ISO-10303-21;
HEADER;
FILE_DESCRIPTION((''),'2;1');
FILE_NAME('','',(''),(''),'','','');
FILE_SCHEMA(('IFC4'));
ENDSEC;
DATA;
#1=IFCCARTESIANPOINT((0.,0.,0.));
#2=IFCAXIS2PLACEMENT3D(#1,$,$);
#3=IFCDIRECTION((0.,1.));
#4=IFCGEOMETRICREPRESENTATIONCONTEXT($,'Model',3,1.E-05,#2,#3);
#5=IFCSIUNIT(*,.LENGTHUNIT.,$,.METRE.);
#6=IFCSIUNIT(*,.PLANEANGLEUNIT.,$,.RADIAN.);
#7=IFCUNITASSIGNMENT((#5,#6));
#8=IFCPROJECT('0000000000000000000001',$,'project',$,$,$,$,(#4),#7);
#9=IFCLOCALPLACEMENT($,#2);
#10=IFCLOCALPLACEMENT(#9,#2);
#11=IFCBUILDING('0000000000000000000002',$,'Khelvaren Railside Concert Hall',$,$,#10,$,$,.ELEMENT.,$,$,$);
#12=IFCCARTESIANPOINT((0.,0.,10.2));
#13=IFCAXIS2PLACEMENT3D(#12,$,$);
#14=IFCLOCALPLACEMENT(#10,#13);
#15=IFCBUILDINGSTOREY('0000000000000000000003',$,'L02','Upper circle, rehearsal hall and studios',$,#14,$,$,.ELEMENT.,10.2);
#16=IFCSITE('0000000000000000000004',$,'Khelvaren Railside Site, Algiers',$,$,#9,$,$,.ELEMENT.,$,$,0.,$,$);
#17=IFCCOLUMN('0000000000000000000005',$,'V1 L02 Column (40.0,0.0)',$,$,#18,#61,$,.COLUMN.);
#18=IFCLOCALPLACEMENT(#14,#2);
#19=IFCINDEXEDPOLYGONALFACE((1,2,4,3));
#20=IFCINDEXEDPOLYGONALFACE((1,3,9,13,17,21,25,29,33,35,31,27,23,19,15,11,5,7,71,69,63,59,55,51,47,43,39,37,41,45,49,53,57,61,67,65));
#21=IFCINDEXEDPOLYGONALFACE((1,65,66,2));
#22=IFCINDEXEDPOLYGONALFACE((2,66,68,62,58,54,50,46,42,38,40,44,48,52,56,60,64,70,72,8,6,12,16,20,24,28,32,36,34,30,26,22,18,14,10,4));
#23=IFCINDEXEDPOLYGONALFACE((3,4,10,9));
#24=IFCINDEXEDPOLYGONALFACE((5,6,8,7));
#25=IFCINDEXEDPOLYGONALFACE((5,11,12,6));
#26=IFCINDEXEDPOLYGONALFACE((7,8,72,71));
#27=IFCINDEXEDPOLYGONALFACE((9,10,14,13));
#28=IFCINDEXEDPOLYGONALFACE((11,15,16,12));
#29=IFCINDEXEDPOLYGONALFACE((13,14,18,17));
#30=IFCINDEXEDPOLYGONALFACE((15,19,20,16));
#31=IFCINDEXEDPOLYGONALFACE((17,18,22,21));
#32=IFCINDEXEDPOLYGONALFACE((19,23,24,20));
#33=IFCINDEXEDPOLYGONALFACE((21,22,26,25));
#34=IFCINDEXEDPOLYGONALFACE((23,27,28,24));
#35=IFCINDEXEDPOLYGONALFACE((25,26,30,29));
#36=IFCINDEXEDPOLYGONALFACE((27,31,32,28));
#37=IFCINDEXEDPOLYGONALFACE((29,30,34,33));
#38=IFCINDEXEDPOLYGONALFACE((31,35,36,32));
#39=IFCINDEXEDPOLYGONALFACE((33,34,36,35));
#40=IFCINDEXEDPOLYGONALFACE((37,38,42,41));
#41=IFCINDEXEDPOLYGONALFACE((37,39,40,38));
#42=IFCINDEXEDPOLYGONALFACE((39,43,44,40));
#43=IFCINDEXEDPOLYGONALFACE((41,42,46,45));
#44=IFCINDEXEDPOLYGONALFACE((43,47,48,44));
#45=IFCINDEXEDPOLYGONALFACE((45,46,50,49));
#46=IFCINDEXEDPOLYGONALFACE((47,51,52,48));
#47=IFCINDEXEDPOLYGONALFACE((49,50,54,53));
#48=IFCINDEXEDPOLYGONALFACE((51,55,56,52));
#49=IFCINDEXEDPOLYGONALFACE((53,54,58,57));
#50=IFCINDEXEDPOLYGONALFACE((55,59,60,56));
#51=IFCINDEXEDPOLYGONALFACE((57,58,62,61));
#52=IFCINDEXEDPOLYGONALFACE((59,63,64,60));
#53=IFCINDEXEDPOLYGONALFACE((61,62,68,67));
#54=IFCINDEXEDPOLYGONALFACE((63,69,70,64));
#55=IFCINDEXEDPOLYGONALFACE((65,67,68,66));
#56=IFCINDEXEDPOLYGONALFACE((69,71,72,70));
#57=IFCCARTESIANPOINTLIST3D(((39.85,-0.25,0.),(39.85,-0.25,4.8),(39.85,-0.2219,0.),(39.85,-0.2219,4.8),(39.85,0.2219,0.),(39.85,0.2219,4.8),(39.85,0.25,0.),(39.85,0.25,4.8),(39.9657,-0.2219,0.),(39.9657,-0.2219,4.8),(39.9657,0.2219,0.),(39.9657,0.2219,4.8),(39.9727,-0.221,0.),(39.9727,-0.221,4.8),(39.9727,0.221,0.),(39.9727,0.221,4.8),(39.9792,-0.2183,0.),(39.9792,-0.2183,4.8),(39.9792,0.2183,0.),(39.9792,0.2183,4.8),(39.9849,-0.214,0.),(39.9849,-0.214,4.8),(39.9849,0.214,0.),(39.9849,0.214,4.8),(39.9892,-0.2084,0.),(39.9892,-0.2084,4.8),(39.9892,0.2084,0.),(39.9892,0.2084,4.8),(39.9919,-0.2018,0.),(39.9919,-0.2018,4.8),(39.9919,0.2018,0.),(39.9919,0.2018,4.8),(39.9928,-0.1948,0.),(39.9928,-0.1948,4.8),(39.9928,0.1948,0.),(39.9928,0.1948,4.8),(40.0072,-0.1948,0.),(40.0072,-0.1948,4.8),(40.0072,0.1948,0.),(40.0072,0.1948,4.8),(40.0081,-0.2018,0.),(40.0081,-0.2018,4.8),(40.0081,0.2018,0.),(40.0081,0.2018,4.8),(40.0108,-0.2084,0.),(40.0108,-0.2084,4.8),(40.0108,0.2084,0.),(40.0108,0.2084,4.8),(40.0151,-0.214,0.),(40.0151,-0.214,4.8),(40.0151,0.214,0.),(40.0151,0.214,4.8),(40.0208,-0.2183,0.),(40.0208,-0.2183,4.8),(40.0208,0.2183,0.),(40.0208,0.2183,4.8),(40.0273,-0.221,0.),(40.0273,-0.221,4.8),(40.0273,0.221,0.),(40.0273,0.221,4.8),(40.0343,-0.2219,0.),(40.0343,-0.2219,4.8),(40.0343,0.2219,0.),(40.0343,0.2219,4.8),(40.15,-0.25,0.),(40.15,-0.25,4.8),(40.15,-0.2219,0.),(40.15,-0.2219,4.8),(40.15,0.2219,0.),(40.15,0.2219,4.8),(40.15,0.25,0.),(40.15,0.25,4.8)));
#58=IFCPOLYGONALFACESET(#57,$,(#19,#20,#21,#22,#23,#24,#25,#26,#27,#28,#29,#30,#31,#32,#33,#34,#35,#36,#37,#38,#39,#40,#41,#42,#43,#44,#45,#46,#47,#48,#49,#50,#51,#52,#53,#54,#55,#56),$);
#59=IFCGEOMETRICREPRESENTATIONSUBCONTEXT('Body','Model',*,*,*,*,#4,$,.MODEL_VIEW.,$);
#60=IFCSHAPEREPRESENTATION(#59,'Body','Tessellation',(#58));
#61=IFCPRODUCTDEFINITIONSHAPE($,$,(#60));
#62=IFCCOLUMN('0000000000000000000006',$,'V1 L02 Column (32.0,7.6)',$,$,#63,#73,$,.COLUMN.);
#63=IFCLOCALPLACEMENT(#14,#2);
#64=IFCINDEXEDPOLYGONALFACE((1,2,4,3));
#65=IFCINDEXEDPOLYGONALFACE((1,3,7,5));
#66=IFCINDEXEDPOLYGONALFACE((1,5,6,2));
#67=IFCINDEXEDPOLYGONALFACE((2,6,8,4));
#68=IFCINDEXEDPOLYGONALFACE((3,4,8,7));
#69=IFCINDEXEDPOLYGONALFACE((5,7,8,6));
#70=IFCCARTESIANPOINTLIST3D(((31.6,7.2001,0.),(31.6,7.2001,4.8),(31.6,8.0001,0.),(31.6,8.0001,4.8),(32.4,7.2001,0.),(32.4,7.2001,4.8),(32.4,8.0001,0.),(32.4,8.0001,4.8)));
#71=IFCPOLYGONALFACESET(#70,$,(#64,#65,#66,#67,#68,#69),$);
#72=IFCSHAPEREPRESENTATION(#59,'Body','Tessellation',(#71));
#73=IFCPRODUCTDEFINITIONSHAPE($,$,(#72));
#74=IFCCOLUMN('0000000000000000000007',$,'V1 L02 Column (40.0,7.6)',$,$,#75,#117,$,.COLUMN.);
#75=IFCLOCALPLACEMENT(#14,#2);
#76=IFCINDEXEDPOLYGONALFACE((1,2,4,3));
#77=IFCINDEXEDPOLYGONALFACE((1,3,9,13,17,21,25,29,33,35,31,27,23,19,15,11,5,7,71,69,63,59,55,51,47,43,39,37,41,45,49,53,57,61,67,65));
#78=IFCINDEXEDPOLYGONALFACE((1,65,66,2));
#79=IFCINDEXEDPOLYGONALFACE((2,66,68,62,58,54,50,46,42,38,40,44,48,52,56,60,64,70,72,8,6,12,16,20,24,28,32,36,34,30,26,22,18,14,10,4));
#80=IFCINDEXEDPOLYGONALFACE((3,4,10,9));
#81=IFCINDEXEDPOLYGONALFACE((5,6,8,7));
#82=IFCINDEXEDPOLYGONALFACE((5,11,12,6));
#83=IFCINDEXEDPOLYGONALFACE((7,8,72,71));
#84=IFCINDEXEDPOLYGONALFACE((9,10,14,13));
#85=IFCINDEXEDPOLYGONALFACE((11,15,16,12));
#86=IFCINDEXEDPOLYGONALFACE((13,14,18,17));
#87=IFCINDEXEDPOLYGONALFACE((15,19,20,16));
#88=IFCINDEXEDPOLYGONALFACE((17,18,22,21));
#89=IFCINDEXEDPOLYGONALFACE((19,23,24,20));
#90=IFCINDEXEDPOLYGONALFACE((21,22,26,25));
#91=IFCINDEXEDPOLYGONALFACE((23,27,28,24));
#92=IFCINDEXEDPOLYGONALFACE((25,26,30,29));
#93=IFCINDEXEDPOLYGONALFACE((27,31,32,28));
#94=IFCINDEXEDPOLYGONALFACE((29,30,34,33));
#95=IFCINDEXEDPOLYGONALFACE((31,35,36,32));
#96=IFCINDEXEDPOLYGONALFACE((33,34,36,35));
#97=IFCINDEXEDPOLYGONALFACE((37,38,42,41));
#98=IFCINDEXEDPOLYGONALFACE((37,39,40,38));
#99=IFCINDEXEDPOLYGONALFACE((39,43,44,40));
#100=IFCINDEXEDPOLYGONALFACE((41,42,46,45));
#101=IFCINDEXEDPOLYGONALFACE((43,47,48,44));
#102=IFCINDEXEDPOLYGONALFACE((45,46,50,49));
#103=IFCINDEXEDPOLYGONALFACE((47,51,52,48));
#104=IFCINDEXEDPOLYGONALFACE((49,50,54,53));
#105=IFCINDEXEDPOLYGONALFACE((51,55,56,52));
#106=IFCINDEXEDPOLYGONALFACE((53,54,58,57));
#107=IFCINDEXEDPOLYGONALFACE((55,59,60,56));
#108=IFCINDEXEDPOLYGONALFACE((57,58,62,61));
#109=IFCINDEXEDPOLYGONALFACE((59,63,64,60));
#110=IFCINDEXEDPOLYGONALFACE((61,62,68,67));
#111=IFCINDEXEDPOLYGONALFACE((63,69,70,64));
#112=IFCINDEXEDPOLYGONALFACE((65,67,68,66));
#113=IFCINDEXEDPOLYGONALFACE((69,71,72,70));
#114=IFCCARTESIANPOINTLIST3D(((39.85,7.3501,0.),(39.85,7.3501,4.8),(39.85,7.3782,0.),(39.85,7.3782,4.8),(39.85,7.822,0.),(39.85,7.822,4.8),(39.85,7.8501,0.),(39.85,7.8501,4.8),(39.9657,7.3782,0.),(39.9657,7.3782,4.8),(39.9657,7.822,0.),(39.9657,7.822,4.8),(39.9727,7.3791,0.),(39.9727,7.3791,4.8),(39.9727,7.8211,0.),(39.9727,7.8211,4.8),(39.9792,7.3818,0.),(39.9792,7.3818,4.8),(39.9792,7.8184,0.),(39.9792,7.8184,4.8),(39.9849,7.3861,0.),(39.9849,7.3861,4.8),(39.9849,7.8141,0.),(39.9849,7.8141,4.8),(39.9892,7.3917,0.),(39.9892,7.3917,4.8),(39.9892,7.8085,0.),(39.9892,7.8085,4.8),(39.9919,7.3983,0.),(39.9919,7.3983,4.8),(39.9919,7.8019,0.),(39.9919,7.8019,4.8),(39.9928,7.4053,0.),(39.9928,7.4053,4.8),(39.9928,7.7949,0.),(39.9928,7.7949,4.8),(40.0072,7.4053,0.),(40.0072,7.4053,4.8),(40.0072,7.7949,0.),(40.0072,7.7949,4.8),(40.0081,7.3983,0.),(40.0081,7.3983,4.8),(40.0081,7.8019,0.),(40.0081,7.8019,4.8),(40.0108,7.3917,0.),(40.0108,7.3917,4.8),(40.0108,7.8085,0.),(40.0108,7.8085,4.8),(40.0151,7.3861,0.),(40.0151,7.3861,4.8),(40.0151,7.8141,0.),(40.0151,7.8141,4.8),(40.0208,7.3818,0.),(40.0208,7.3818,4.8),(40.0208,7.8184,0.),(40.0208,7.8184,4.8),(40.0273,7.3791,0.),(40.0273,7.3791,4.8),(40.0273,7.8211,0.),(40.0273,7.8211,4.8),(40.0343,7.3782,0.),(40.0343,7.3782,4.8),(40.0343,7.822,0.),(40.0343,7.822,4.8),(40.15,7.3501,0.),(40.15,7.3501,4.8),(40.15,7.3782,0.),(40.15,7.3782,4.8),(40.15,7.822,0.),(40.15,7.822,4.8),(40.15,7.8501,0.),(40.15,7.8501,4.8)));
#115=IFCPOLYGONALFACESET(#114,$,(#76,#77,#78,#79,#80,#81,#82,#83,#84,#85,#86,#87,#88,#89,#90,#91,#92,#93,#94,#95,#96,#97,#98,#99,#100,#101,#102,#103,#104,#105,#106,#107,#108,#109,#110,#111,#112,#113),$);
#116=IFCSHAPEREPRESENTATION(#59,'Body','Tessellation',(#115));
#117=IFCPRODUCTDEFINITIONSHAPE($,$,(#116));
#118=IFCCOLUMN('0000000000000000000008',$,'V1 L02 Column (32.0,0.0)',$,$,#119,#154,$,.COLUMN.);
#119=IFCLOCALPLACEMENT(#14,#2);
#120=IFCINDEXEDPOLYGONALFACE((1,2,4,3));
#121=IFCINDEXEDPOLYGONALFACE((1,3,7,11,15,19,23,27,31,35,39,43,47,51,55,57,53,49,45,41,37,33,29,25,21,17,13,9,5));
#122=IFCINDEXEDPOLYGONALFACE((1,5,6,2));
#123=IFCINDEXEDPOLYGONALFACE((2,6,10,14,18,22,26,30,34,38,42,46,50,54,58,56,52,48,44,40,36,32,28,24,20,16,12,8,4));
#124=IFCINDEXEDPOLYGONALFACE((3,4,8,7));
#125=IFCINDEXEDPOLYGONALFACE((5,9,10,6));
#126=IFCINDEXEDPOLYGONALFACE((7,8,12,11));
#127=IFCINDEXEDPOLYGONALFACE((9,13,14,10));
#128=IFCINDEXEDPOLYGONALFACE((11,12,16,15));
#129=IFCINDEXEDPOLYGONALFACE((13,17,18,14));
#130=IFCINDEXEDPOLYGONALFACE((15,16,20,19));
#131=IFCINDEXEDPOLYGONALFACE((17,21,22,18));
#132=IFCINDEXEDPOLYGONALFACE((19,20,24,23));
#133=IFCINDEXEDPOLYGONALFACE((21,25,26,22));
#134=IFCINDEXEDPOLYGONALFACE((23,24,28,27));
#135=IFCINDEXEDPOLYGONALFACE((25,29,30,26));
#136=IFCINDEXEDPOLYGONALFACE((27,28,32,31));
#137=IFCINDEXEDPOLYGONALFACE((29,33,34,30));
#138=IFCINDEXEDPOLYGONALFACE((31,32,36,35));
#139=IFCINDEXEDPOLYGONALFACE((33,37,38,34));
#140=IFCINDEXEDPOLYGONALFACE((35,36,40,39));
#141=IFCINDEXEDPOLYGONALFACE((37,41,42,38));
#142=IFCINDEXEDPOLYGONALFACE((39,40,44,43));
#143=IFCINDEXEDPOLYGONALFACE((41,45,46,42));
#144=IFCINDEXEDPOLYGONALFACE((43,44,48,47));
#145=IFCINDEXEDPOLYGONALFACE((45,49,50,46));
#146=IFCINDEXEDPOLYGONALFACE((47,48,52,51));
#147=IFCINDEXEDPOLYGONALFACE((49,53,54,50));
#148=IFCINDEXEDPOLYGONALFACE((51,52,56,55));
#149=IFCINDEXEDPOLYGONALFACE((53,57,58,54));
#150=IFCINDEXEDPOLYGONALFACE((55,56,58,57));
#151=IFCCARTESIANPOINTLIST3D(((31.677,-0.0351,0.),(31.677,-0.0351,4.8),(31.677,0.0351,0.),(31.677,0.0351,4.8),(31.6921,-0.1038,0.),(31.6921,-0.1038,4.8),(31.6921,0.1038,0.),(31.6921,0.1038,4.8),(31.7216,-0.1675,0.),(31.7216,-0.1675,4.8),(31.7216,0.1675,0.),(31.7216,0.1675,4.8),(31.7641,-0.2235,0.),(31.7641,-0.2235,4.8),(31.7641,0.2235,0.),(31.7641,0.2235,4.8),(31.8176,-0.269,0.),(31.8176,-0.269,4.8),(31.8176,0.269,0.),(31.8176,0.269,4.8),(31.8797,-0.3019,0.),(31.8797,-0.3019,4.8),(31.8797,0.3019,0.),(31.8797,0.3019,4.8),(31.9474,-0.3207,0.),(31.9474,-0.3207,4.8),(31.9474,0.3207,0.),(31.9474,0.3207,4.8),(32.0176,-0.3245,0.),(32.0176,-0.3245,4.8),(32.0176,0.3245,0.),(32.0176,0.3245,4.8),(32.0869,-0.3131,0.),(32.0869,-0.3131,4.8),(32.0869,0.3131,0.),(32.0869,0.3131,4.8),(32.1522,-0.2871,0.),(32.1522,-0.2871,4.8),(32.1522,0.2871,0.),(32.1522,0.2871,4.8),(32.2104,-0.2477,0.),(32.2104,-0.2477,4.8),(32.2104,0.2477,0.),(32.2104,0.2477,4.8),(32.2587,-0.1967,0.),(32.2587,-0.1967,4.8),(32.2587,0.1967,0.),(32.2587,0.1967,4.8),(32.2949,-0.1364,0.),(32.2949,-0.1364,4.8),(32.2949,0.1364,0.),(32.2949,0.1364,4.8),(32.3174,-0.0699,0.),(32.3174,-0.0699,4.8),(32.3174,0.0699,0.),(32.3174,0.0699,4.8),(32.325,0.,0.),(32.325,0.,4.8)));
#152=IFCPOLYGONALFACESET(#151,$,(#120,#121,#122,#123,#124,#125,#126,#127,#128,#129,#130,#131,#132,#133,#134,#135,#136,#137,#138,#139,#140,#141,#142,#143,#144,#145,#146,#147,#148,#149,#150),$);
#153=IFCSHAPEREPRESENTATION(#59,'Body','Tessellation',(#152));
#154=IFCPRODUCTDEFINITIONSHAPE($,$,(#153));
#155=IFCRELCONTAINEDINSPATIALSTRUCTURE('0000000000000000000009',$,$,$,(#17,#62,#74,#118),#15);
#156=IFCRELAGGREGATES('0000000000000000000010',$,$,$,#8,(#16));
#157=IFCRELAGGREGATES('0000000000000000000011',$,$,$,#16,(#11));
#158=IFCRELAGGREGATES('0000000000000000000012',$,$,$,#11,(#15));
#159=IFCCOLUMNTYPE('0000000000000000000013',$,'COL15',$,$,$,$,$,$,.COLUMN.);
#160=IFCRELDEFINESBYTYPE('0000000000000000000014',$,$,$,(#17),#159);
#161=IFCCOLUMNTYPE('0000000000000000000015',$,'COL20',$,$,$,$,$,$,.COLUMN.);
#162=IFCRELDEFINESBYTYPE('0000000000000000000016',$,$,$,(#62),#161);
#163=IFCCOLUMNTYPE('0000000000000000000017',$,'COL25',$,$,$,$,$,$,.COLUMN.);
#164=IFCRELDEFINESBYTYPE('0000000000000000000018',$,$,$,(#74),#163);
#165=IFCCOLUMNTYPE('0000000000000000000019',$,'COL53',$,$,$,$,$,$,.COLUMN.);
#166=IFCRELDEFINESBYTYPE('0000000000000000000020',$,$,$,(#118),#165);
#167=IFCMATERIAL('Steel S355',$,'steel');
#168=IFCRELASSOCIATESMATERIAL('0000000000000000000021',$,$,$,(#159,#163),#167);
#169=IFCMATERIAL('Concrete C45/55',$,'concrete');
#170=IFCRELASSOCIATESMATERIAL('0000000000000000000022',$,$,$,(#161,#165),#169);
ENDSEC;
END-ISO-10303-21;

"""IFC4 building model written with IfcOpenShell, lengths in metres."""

from ifc_helpers import new_model, si_unit, direction, frame, origin, origin_2d, place, context, subcontext, project, spatial, rectangle, circle, i_section, extrude, material, material_profile, profile_set, type_object, element, save


model = new_model("IFC4")

# Units and contexts
model_context = context("Model", 3, precision=1e-05, world=origin(), true_north=direction((0.0, 1.0)))
body_context = subcontext(model_context, "Body", "Model", "MODEL_VIEW")
ifc_project = project(units=[si_unit("LENGTHUNIT", "METRE"), si_unit("PLANEANGLEUNIT", "RADIAN")], contexts=[model_context])

# Site, building, storey
site_placement = place(None, origin())
site = spatial("IfcSite", under=ifc_project, at=site_placement, Name="Khelvaren Railside Site, Algiers", CompositionType="ELEMENT", RefElevation=0.0)
building_placement = place(site_placement, origin())
building = spatial("IfcBuilding", under=site, at=building_placement, Name="Khelvaren Railside Concert Hall", CompositionType="ELEMENT")
storey_placement = place(building_placement, frame((0.0, 0.0, 10.2)))
storey = spatial("IfcBuildingStorey", under=building, at=storey_placement, Name="L02", Description="Upper circle, rehearsal hall and studios", CompositionType="ELEMENT", Elevation=10.2)

# Columns
ifc_material_1 = material(Name="Steel S355", Category="steel")
ifc_material_profile_1 = material_profile(ifc_material_1, i_section(OverallWidth=0.3, OverallDepth=0.5, WebThickness=0.0144, FlangeThickness=0.0281, FilletRadius=0.0271, at=origin_2d()), Name="HEB 500")
ifc_profile_set_1 = profile_set([ifc_material_profile_1], Name="Steel S355")
column_type_1 = type_object("IfcColumnType", Name="COL15", PredefinedType="COLUMN", material=ifc_profile_set_1)
column_1_placement = place(storey_placement, frame((40.0, 0.0, 0.0), z_axis=(0.0, 0.0, 1.0), x_axis=(1.0, 0.0, 0.0)))
element("IfcColumn", 1, at=column_1_placement, inside=storey, type_object=column_type_1, Name="V1 L02 Column (40.0,0.0)", PredefinedType="COLUMN", context=body_context, shape_type="SweptSolid", body=[
    extrude(i_section(OverallWidth=0.3, OverallDepth=0.5, WebThickness=0.0144, FlangeThickness=0.0281, FilletRadius=0.0271, at=origin_2d()), origin(), (0.0, 0.0, 1.0), 4.8),
])
ifc_material_2 = material(Name="Concrete C45/55", Category="concrete")
ifc_material_profile_2 = material_profile(ifc_material_2, rectangle(XDim=0.8, YDim=0.8, at=origin_2d()), Name="RC 800x800")
ifc_profile_set_2 = profile_set([ifc_material_profile_2], Name="Concrete C45/55")
column_type_2 = type_object("IfcColumnType", Name="COL20", PredefinedType="COLUMN", material=ifc_profile_set_2)
column_2_placement = place(storey_placement, frame((32.0, 7.6001, 0.0), z_axis=(0.0, 0.0, 1.0), x_axis=(1.0, 0.0, 0.0)))
element("IfcColumn", 2, at=column_2_placement, inside=storey, type_object=column_type_2, Name="V1 L02 Column (32.0,7.6)", PredefinedType="COLUMN", context=body_context, shape_type="SweptSolid", body=[
    extrude(rectangle(XDim=0.8, YDim=0.8, at=origin_2d()), origin(), (0.0, 0.0, 1.0), 4.8),
])
ifc_material_profile_3 = material_profile(ifc_material_1, i_section(OverallWidth=0.3, OverallDepth=0.5, WebThickness=0.0144, FlangeThickness=0.0281, FilletRadius=0.0271, at=origin_2d()), Name="HEB 500")
ifc_profile_set_3 = profile_set([ifc_material_profile_3], Name="Steel S355")
column_type_3 = type_object("IfcColumnType", Name="COL25", PredefinedType="COLUMN", material=ifc_profile_set_3)
column_3_placement = place(storey_placement, frame((40.0, 7.6001, 0.0), z_axis=(0.0, 0.0, 1.0), x_axis=(1.0, 0.0, 0.0)))
element("IfcColumn", 3, at=column_3_placement, inside=storey, type_object=column_type_3, Name="V1 L02 Column (40.0,7.6)", PredefinedType="COLUMN", context=body_context, shape_type="SweptSolid", body=[
    extrude(i_section(OverallWidth=0.3, OverallDepth=0.5, WebThickness=0.0144, FlangeThickness=0.0281, FilletRadius=0.0271, at=origin_2d()), origin(), (0.0, 0.0, 1.0), 4.8),
])
ifc_material_profile_4 = material_profile(ifc_material_2, circle(Radius=0.325, at=origin_2d()), Name="RC D650")
ifc_profile_set_4 = profile_set([ifc_material_profile_4], Name="Concrete C45/55")
column_type_4 = type_object("IfcColumnType", Name="COL53", PredefinedType="COLUMN", material=ifc_profile_set_4)
column_4_placement = place(storey_placement, frame((32.0, 0.0, 0.0), z_axis=(0.0, 0.0, 1.0), x_axis=(1.0, 0.0, 0.0)))
element("IfcColumn", 4, at=column_4_placement, inside=storey, type_object=column_type_4, Name="V1 L02 Column (32.0,0.0)", PredefinedType="COLUMN", context=body_context, shape_type="SweptSolid", body=[
    extrude(circle(Radius=0.325, at=origin_2d()), origin(), (0.0, 0.0, 1.0), 4.8),
])

save(model, "model.ifc")
